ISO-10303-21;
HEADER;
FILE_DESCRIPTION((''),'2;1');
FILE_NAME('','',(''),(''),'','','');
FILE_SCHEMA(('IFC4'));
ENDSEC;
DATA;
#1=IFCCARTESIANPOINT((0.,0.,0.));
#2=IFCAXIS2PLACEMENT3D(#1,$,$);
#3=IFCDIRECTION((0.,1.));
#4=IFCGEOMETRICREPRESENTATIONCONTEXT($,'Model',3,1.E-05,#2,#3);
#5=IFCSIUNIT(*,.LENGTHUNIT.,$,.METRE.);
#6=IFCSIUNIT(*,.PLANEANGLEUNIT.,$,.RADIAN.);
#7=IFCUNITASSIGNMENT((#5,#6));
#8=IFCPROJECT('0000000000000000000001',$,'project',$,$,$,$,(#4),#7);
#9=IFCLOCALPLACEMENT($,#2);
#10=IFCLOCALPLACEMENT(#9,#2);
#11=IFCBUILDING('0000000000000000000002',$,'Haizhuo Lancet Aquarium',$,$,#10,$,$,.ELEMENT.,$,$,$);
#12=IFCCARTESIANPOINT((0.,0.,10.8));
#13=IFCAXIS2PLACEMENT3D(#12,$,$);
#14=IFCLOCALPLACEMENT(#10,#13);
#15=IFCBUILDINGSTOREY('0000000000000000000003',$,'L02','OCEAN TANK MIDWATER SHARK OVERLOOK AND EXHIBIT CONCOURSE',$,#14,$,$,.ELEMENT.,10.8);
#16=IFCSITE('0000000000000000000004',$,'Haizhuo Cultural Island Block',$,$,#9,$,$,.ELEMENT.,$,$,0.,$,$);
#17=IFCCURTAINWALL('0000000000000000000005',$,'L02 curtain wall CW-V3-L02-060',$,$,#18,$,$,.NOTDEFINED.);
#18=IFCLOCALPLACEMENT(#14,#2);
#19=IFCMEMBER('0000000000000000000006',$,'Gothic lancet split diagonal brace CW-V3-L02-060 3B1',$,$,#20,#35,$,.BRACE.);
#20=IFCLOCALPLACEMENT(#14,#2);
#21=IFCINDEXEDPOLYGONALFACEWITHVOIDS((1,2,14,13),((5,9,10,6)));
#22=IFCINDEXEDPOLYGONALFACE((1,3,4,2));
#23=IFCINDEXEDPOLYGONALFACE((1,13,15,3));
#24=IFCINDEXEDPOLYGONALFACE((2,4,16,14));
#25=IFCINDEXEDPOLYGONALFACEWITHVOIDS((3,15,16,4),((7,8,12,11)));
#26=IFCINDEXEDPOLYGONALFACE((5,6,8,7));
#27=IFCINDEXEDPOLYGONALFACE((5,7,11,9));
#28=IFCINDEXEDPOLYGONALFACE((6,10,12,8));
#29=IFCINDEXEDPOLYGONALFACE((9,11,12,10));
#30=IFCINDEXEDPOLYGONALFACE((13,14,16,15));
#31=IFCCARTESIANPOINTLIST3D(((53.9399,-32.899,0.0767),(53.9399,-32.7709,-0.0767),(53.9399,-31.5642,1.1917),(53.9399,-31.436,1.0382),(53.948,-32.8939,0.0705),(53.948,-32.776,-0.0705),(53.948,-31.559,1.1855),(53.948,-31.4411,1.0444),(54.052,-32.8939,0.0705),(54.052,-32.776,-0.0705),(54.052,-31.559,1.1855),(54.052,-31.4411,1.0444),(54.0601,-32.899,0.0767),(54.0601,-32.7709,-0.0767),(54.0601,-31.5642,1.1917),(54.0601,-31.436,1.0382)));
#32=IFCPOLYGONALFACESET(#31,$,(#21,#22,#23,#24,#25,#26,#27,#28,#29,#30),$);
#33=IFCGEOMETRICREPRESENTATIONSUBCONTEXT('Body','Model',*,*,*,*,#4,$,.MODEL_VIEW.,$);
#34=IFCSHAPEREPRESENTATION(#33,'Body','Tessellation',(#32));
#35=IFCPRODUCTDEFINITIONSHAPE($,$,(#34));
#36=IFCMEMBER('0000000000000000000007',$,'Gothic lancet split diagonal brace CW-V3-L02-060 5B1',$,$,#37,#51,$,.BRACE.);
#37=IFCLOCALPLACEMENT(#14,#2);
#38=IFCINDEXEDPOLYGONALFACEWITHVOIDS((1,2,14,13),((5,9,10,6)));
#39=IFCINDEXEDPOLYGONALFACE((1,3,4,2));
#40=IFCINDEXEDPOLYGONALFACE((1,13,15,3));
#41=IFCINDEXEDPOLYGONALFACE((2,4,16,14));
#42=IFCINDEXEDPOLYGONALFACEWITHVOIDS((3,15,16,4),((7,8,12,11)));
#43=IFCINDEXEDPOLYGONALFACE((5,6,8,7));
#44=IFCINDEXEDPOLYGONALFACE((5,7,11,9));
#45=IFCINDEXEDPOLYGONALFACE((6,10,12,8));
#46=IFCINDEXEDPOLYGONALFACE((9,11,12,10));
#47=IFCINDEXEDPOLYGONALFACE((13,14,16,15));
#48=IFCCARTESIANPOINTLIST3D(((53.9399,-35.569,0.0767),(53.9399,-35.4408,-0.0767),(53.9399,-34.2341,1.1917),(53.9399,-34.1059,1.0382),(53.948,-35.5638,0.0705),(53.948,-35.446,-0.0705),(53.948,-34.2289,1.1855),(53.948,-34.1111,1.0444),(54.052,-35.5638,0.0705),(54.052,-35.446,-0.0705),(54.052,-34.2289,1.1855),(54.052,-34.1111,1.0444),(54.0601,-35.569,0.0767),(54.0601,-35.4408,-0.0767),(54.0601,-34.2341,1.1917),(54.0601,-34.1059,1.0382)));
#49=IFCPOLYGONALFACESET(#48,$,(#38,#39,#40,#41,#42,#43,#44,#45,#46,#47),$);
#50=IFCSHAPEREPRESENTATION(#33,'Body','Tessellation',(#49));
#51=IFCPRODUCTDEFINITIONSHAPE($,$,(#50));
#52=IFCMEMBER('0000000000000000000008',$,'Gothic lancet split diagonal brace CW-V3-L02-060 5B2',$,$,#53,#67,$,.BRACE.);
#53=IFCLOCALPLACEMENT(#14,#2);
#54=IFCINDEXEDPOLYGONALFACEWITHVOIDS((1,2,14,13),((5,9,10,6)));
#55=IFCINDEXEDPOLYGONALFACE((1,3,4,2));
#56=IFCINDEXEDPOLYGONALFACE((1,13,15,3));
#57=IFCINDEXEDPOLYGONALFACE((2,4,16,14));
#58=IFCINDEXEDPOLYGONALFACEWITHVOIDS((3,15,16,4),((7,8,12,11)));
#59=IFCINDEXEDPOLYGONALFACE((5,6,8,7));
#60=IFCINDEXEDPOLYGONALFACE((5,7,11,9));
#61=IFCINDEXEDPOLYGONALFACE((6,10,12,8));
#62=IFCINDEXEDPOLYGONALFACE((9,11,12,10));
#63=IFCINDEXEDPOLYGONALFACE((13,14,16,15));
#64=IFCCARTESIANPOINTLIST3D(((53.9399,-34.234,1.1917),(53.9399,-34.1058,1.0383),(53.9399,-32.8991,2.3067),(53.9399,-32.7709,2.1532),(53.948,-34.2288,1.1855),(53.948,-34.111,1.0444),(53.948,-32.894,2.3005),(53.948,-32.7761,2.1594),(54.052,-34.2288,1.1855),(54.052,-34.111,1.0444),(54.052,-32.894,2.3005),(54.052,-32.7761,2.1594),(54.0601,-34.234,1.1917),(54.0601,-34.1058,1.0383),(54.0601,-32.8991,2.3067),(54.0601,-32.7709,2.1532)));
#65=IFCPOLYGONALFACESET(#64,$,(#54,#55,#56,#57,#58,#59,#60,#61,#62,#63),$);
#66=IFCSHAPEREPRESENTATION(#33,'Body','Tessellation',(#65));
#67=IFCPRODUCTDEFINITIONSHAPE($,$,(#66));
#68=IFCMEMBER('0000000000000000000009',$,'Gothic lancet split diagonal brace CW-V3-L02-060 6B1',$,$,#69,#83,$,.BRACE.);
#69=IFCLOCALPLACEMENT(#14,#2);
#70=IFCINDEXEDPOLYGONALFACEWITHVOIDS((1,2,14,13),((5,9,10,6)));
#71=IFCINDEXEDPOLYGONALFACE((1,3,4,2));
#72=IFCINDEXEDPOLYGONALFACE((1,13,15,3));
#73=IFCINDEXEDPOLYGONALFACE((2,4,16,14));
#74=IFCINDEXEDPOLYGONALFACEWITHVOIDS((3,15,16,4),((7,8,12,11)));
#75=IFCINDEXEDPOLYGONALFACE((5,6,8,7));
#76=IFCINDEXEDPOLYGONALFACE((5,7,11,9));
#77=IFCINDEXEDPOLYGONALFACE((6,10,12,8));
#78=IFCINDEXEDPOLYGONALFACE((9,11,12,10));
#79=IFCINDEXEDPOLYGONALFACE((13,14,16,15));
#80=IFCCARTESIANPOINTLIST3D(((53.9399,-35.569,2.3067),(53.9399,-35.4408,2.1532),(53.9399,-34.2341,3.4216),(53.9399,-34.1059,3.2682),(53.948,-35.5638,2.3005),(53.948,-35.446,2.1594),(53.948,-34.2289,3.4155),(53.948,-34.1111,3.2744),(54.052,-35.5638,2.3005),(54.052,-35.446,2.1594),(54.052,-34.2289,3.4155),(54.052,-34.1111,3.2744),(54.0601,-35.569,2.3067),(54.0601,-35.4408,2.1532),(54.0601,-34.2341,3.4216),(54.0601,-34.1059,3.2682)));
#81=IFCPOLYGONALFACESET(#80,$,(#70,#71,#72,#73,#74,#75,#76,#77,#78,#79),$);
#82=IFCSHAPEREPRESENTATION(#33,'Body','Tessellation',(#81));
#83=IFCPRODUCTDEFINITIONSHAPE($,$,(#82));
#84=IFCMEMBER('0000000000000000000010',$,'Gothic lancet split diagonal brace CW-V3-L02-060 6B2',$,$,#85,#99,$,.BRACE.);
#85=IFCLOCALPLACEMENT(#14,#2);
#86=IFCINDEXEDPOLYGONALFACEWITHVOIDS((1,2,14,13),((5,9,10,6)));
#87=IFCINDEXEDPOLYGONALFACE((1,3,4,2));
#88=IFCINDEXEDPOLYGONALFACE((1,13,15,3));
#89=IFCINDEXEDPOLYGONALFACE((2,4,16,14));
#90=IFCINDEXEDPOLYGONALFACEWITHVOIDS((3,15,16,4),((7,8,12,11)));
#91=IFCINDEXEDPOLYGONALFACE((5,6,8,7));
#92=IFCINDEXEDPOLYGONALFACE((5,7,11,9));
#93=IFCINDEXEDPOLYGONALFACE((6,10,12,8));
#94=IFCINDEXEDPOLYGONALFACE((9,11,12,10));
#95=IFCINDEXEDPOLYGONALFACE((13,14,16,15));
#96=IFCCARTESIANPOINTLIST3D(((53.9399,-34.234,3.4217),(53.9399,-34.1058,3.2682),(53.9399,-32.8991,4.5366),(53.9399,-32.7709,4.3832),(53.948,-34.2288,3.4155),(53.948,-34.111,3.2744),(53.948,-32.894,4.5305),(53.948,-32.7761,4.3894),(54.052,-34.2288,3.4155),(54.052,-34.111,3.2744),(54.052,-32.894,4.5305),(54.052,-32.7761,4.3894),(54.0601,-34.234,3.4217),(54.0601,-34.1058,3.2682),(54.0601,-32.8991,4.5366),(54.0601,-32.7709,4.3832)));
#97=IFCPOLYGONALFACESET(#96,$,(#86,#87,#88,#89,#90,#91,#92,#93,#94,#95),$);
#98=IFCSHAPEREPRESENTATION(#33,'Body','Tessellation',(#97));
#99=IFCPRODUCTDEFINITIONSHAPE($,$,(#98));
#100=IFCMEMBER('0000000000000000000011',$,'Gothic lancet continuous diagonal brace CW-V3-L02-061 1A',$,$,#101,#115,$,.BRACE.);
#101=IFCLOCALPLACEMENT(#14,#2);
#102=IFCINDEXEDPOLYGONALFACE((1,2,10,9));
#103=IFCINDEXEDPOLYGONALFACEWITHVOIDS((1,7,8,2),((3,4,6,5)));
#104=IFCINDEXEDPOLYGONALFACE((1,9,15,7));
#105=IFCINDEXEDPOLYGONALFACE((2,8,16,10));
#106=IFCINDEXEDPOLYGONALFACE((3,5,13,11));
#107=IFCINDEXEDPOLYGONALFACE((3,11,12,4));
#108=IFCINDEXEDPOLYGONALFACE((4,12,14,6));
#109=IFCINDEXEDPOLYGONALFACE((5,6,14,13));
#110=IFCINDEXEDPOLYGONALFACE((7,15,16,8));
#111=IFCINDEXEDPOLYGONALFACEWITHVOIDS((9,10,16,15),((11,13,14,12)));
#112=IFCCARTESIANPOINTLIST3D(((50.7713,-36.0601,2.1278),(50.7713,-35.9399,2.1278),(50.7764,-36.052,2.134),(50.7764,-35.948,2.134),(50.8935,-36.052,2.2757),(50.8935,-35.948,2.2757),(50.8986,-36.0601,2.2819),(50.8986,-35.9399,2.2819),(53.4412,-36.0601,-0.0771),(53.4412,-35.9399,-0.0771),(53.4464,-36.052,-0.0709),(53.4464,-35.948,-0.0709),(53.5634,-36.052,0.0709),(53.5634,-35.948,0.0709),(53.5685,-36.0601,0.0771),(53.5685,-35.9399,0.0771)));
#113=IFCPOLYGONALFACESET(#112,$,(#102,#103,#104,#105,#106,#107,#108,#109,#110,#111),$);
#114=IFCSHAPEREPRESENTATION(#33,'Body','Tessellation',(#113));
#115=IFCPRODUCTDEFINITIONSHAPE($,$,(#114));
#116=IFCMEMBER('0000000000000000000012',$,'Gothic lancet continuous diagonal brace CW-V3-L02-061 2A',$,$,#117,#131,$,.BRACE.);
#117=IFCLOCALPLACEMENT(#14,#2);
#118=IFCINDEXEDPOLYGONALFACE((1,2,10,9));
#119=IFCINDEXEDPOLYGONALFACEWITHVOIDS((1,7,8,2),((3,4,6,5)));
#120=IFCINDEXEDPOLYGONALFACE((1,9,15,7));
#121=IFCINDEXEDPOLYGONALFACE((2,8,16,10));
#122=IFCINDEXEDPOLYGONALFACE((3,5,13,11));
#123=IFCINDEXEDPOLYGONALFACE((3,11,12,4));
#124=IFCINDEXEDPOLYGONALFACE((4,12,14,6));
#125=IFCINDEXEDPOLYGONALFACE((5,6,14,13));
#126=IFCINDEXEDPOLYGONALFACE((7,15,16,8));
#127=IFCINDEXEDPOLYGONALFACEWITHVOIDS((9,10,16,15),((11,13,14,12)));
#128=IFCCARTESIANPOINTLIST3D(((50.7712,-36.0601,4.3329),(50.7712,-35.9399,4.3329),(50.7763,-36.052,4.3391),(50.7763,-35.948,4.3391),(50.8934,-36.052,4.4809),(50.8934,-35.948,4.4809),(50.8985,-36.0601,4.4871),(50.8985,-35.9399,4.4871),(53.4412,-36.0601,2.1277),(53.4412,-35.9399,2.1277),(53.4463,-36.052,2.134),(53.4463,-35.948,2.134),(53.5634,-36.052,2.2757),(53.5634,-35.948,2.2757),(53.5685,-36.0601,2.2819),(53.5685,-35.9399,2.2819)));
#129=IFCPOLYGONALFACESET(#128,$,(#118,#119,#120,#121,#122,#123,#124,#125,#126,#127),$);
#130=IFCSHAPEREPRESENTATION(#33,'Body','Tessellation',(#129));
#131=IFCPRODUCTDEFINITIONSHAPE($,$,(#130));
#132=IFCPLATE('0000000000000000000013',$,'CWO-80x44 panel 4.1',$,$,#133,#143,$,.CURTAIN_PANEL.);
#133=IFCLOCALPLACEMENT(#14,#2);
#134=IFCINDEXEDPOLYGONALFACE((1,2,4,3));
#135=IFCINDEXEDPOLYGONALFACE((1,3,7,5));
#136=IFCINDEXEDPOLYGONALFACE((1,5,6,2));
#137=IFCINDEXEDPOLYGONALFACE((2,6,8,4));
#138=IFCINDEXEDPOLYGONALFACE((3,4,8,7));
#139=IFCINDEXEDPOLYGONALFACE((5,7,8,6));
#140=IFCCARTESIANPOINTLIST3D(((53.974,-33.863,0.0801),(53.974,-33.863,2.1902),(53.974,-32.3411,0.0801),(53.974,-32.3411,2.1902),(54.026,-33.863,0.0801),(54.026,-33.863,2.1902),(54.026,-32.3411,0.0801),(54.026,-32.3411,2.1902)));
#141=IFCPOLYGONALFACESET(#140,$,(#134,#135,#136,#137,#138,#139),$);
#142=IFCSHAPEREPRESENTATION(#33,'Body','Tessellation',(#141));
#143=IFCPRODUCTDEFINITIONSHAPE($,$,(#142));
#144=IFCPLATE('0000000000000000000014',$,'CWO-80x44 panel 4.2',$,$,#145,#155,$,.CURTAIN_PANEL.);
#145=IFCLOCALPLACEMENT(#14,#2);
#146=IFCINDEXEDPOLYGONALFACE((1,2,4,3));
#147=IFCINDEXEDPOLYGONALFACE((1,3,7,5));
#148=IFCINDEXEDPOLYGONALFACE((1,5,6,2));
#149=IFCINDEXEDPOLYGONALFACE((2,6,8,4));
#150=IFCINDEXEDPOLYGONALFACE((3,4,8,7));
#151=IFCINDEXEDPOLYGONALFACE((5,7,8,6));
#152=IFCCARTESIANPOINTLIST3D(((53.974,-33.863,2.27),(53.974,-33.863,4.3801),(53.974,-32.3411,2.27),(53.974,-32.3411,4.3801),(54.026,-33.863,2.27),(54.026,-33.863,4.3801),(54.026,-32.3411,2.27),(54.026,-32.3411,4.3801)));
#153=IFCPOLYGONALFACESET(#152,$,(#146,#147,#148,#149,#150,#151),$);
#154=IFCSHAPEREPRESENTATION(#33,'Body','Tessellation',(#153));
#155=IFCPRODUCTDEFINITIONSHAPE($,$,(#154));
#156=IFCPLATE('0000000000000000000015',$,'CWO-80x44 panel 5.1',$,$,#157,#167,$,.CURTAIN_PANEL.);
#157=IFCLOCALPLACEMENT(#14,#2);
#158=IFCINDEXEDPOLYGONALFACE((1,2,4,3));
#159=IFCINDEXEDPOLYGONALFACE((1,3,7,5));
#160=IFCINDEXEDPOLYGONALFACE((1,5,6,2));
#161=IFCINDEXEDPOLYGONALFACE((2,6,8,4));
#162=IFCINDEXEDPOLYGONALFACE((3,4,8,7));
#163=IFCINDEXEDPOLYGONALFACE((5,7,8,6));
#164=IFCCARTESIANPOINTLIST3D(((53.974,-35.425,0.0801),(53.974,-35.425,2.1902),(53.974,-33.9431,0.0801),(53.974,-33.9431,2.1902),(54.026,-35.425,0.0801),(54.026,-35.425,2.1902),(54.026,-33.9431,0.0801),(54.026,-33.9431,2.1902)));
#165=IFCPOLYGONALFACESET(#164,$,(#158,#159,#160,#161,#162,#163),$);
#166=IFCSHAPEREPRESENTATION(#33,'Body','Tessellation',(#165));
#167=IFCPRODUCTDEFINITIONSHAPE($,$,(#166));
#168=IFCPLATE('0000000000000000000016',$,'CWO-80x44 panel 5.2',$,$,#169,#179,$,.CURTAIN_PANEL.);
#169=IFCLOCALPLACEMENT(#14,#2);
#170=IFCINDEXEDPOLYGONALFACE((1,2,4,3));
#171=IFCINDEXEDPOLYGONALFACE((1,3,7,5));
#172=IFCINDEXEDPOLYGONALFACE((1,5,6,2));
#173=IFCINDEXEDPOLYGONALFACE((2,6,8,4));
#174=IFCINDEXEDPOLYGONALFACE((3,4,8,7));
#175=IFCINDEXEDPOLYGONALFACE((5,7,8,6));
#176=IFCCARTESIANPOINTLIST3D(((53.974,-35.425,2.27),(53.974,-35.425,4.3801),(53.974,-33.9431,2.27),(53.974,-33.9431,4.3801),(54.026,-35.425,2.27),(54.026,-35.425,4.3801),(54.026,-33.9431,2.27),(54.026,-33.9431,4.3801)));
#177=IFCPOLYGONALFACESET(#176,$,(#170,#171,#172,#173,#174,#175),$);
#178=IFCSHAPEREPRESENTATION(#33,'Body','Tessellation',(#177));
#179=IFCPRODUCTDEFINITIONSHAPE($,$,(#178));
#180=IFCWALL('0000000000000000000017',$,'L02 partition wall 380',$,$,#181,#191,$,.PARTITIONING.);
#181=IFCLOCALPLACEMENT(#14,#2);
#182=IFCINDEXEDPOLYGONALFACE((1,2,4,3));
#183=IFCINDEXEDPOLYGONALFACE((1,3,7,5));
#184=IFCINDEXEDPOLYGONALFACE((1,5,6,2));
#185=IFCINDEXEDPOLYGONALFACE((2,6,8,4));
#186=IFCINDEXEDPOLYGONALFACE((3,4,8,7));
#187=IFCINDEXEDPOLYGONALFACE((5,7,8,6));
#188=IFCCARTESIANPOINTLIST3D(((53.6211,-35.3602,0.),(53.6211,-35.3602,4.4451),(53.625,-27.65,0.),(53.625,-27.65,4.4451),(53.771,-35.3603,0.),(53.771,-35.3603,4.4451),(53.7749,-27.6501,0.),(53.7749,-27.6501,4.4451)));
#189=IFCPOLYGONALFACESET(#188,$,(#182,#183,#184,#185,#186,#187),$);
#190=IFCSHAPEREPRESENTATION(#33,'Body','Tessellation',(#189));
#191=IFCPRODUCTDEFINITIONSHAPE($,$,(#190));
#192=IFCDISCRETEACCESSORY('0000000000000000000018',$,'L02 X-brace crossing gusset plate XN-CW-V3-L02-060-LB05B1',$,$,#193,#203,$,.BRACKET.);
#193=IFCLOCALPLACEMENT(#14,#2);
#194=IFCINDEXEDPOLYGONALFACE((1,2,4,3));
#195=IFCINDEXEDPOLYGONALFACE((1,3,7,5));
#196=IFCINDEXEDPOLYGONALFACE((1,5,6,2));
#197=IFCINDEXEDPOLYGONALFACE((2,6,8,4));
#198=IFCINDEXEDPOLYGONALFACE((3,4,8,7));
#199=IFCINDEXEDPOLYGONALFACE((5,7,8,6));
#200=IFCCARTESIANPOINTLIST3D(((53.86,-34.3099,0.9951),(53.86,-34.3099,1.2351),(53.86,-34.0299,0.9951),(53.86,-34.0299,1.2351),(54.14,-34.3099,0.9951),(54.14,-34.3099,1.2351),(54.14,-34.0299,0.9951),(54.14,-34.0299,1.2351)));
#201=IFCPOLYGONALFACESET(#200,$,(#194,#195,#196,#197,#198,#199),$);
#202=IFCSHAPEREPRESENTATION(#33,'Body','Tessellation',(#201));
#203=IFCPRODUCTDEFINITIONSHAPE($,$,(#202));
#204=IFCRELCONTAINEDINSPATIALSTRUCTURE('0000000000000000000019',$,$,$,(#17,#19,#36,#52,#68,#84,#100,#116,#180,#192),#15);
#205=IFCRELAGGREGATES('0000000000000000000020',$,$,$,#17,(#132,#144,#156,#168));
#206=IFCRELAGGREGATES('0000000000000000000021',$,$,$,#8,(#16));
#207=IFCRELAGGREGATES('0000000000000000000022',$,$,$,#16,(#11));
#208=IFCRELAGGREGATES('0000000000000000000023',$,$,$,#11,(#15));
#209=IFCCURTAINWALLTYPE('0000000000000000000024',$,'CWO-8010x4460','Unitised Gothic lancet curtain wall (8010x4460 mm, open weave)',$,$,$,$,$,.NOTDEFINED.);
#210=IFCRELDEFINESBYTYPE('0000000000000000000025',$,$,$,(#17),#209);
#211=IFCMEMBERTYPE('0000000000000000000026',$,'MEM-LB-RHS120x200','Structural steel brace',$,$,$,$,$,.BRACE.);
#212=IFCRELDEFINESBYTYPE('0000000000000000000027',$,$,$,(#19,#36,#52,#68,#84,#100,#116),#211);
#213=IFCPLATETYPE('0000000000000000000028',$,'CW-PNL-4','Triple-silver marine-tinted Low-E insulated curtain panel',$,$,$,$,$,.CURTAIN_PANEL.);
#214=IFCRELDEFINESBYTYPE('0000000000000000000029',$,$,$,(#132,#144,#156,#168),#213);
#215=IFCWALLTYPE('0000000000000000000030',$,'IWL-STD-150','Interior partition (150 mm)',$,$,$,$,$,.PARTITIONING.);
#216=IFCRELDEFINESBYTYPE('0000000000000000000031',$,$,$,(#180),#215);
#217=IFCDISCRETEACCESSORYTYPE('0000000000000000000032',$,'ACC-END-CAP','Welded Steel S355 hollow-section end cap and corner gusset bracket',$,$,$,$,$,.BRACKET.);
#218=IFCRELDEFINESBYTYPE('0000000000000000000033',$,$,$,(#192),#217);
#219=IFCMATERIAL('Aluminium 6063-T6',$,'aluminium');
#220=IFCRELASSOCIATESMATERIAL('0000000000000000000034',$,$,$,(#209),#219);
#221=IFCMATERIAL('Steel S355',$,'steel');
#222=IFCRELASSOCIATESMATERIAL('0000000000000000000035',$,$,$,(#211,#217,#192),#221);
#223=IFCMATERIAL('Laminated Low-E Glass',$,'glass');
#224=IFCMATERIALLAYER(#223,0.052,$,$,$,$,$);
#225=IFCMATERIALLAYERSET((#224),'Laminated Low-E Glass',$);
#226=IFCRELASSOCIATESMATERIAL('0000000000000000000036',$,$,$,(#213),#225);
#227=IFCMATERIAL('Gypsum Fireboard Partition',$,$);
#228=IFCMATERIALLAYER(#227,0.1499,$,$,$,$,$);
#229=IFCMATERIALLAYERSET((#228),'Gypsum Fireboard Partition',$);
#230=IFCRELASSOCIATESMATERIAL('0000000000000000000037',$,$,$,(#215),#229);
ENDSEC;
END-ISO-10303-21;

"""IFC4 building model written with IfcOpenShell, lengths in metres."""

from ifc_helpers import new_model, si_unit, direction, frame, frame_2d, origin, origin_2d, place, context, subcontext, project, spatial, rectangle, hollow_rectangle, extrude, material, layer, layer_set, material_profile, profile_set, type_object, element, aggregate, save


model = new_model("IFC4")

# Units and contexts
model_context = context("Model", 3, precision=1e-05, world=origin(), true_north=direction((0.0, 1.0)))
body_context = subcontext(model_context, "Body", "Model", "MODEL_VIEW")
ifc_project = project(units=[si_unit("LENGTHUNIT", "METRE"), si_unit("PLANEANGLEUNIT", "RADIAN")], contexts=[model_context])

# Site, building, storey
site_placement = place(None, origin())
site = spatial("IfcSite", under=ifc_project, at=site_placement, Name="Haizhuo Cultural Island Block", CompositionType="ELEMENT", RefElevation=0.0)
building_placement = place(site_placement, origin())
building = spatial("IfcBuilding", under=site, at=building_placement, Name="Haizhuo Lancet Aquarium", CompositionType="ELEMENT")
storey_placement = place(building_placement, frame((0.0, 0.0, 10.8)))
storey = spatial("IfcBuildingStorey", under=building, at=storey_placement, Name="L02", Description="OCEAN TANK MIDWATER SHARK OVERLOOK AND EXHIBIT CONCOURSE", CompositionType="ELEMENT", Elevation=10.8)

# Shared definitions
ifc_material_1 = material(Name="Aluminium 6063-T6", Category="aluminium")

# Curtain wall
curtain_wall_type_1 = type_object("IfcCurtainWallType", Name="CWO-8010x4460", Description="Unitised Gothic lancet curtain wall (8010x4460 mm, open weave)", PredefinedType="NOTDEFINED", material=ifc_material_1)
curtain_wall_1_placement = place(storey_placement, origin())
curtain_wall_1 = element("IfcCurtainWall", 1, at=curtain_wall_1_placement, inside=storey, type_object=curtain_wall_type_1, Name="L02 curtain wall CW-V3-L02-060", PredefinedType="NOTDEFINED")

# Members
ifc_material_2 = material(Name="Steel S355", Category="steel")
ifc_material_profile_1 = material_profile(ifc_material_2, hollow_rectangle(XDim=0.1201, YDim=0.2, WallThickness=0.0081, at=origin_2d()), Name="RHS 120x200x8")
ifc_profile_set_1 = profile_set([ifc_material_profile_1], Name="Steel S355")
member_type_1 = type_object("IfcMemberType", Name="MEM-LB-RHS120x200", Description="Structural steel brace", PredefinedType="BRACE", material=ifc_profile_set_1)
for number, where, z_axis, x_axis, name in (
    (2, (54.0, -32.835, 0.0), (0.0, 0.767507, 0.64104), (-1.0, 0.0, 0.0), "Gothic lancet split diagonal brace CW-V3-L02-060 3B1"),
    (3, (54.0, -35.5049, 0.0), (0.0, 0.767507, 0.64104), (-1.0, 0.0, 0.0), "Gothic lancet split diagonal brace CW-V3-L02-060 5B1"),
    (4, (54.0, -34.1699, 1.115), (0.0, 0.767507, 0.64104), (-1.0, 0.0, 0.0), "Gothic lancet split diagonal brace CW-V3-L02-060 5B2"),
    (5, (54.0, -35.5049, 2.23), (0.0, 0.767507, 0.64104), (-1.0, 0.0, 0.0), "Gothic lancet split diagonal brace CW-V3-L02-060 6B1"),
    (6, (54.0, -34.1699, 3.345), (0.0, 0.767507, 0.64104), (-1.0, 0.0, 0.0), "Gothic lancet split diagonal brace CW-V3-L02-060 6B2"),
):
    element("IfcMember", number, at=place(storey_placement, frame(where, z_axis=z_axis, x_axis=x_axis)), inside=storey, type_object=member_type_1, Name=name, PredefinedType="BRACE", context=body_context, shape_type="SweptSolid", body=[
        extrude(hollow_rectangle(XDim=0.1201, YDim=0.2, WallThickness=0.0081, at=origin_2d()), origin(), (0.0, 0.0, 1.0), 1.7393),
    ])
member_1_placement = place(storey_placement, frame((53.5049, -36.0, 0.0), z_axis=(-0.771069, 0.0, 0.636752), x_axis=(0.0, -1.0, 0.0)))
element("IfcMember", 7, at=member_1_placement, inside=storey, type_object=member_type_1, Name="Gothic lancet continuous diagonal brace CW-V3-L02-061 1A", PredefinedType="BRACE", context=body_context, shape_type="SweptSolid", body=[
    extrude(hollow_rectangle(XDim=0.1201, YDim=0.2, WallThickness=0.0081, at=origin_2d()), origin(), (0.0, 0.0, 1.0), 3.4626),
])
member_2_placement = place(storey_placement, frame((53.5049, -36.0, 2.2048), z_axis=(-0.771034, 0.0, 0.636794), x_axis=(0.0, -1.0, 0.0)))
element("IfcMember", 8, at=member_2_placement, inside=storey, type_object=member_type_1, Name="Gothic lancet continuous diagonal brace CW-V3-L02-061 2A", PredefinedType="BRACE", context=body_context, shape_type="SweptSolid", body=[
    extrude(hollow_rectangle(XDim=0.1201, YDim=0.2, WallThickness=0.0081, at=origin_2d()), origin(), (0.0, 0.0, 1.0), 3.4629),
])

# Plates
ifc_material_3 = material(Name="Laminated Low-E Glass", Category="glass")
ifc_layer_1 = layer(ifc_material_3, 0.052)
ifc_layer_set_1 = layer_set([ifc_layer_1], Name="Laminated Low-E Glass")
plate_type = type_object("IfcPlateType", Name="CW-PNL-4", Description="Triple-silver marine-tinted Low-E insulated curtain panel", PredefinedType="CURTAIN_PANEL", material=ifc_layer_set_1)
plate_1_placement = place(storey_placement, frame((54.0, -33.1021, 0.0801), z_axis=(0.0, 0.0, 1.0), x_axis=(0.0, -1.0, 0.0)))
plate_1 = element("IfcPlate", 9, at=plate_1_placement, type_object=plate_type, Name="CWO-80x44 panel 4.1", PredefinedType="CURTAIN_PANEL", context=body_context, shape_type="SweptSolid", body=[
    extrude(rectangle(XDim=1.522, YDim=0.052, at=origin_2d()), origin(), (0.0, 0.0, 1.0), 2.1101),
])
plate_2_placement = place(storey_placement, frame((54.0, -33.1021, 2.27), z_axis=(0.0, 0.0, 1.0), x_axis=(0.0, -1.0, 0.0)))
plate_2 = element("IfcPlate", 10, at=plate_2_placement, type_object=plate_type, Name="CWO-80x44 panel 4.2", PredefinedType="CURTAIN_PANEL", context=body_context, shape_type="SweptSolid", body=[
    extrude(rectangle(XDim=1.522, YDim=0.052, at=origin_2d()), origin(), (0.0, 0.0, 1.0), 2.1101),
])
plate_3_placement = place(storey_placement, frame((54.0, -34.6841, 0.0801), z_axis=(0.0, 0.0, 1.0), x_axis=(0.0, -1.0, 0.0)))
plate_3 = element("IfcPlate", 11, at=plate_3_placement, type_object=plate_type, Name="CWO-80x44 panel 5.1", PredefinedType="CURTAIN_PANEL", context=body_context, shape_type="SweptSolid", body=[
    extrude(rectangle(XDim=1.4819, YDim=0.052, at=origin_2d()), origin(), (0.0, 0.0, 1.0), 2.1101),
])
plate_4_placement = place(storey_placement, frame((54.0, -34.6841, 2.27), z_axis=(0.0, 0.0, 1.0), x_axis=(0.0, -1.0, 0.0)))
plate_4 = element("IfcPlate", 12, at=plate_4_placement, type_object=plate_type, Name="CWO-80x44 panel 5.2", PredefinedType="CURTAIN_PANEL", context=body_context, shape_type="SweptSolid", body=[
    extrude(rectangle(XDim=1.4819, YDim=0.052, at=origin_2d()), origin(), (0.0, 0.0, 1.0), 2.1101),
])
aggregate(curtain_wall_1, [plate_1, plate_2, plate_3, plate_4])

# Wall
ifc_material_4 = material(Name="Gypsum Fireboard Partition")
ifc_layer_2 = layer(ifc_material_4, 0.1499)
ifc_layer_set_2 = layer_set([ifc_layer_2], Name="Gypsum Fireboard Partition")
wall_type = type_object("IfcWallType", Name="IWL-STD-150", Description="Interior partition (150 mm)", PredefinedType="PARTITIONING", material=ifc_layer_set_2)
wall_placement = place(storey_placement, frame((53.696, -35.3601, 0.0), z_axis=(0.0, 0.0, 1.0), x_axis=(0.000507, 1.0, 0.0)))
element("IfcWall", 13, at=wall_placement, inside=storey, type_object=wall_type, Name="L02 partition wall 380", PredefinedType="PARTITIONING", context=body_context, shape_type="SweptSolid", body=[
    extrude(rectangle(XDim=7.7102, YDim=0.1499, at=frame_2d((3.855, 0.0))), origin(), (0.0, 0.0, 1.0), 4.4451),
])

# Discrete accessory
discrete_accessory_type = type_object("IfcDiscreteAccessoryType", Name="ACC-END-CAP", Description="Welded Steel S355 hollow-section end cap and corner gusset bracket", PredefinedType="BRACKET", material=ifc_material_2)
for number, where, z_axis, x_axis, name in (
    (14, (54.0, -34.1699, 0.9951), (0.0, 0.0, 1.0), (1.0, 0.0, 0.0), "L02 X-brace crossing gusset plate XN-CW-V3-L02-060-LB05B1"),
):
    element("IfcDiscreteAccessory", number, at=place(storey_placement, frame(where, z_axis=z_axis, x_axis=x_axis)), inside=storey, type_object=discrete_accessory_type, material=ifc_material_2, Name=name, PredefinedType="BRACKET", context=body_context, shape_type="SweptSolid", body=[
        extrude(rectangle(XDim=0.28, YDim=0.28, at=origin_2d()), origin(), (0.0, 0.0, 1.0), 0.24),
    ])

save(model, "model.ifc")
